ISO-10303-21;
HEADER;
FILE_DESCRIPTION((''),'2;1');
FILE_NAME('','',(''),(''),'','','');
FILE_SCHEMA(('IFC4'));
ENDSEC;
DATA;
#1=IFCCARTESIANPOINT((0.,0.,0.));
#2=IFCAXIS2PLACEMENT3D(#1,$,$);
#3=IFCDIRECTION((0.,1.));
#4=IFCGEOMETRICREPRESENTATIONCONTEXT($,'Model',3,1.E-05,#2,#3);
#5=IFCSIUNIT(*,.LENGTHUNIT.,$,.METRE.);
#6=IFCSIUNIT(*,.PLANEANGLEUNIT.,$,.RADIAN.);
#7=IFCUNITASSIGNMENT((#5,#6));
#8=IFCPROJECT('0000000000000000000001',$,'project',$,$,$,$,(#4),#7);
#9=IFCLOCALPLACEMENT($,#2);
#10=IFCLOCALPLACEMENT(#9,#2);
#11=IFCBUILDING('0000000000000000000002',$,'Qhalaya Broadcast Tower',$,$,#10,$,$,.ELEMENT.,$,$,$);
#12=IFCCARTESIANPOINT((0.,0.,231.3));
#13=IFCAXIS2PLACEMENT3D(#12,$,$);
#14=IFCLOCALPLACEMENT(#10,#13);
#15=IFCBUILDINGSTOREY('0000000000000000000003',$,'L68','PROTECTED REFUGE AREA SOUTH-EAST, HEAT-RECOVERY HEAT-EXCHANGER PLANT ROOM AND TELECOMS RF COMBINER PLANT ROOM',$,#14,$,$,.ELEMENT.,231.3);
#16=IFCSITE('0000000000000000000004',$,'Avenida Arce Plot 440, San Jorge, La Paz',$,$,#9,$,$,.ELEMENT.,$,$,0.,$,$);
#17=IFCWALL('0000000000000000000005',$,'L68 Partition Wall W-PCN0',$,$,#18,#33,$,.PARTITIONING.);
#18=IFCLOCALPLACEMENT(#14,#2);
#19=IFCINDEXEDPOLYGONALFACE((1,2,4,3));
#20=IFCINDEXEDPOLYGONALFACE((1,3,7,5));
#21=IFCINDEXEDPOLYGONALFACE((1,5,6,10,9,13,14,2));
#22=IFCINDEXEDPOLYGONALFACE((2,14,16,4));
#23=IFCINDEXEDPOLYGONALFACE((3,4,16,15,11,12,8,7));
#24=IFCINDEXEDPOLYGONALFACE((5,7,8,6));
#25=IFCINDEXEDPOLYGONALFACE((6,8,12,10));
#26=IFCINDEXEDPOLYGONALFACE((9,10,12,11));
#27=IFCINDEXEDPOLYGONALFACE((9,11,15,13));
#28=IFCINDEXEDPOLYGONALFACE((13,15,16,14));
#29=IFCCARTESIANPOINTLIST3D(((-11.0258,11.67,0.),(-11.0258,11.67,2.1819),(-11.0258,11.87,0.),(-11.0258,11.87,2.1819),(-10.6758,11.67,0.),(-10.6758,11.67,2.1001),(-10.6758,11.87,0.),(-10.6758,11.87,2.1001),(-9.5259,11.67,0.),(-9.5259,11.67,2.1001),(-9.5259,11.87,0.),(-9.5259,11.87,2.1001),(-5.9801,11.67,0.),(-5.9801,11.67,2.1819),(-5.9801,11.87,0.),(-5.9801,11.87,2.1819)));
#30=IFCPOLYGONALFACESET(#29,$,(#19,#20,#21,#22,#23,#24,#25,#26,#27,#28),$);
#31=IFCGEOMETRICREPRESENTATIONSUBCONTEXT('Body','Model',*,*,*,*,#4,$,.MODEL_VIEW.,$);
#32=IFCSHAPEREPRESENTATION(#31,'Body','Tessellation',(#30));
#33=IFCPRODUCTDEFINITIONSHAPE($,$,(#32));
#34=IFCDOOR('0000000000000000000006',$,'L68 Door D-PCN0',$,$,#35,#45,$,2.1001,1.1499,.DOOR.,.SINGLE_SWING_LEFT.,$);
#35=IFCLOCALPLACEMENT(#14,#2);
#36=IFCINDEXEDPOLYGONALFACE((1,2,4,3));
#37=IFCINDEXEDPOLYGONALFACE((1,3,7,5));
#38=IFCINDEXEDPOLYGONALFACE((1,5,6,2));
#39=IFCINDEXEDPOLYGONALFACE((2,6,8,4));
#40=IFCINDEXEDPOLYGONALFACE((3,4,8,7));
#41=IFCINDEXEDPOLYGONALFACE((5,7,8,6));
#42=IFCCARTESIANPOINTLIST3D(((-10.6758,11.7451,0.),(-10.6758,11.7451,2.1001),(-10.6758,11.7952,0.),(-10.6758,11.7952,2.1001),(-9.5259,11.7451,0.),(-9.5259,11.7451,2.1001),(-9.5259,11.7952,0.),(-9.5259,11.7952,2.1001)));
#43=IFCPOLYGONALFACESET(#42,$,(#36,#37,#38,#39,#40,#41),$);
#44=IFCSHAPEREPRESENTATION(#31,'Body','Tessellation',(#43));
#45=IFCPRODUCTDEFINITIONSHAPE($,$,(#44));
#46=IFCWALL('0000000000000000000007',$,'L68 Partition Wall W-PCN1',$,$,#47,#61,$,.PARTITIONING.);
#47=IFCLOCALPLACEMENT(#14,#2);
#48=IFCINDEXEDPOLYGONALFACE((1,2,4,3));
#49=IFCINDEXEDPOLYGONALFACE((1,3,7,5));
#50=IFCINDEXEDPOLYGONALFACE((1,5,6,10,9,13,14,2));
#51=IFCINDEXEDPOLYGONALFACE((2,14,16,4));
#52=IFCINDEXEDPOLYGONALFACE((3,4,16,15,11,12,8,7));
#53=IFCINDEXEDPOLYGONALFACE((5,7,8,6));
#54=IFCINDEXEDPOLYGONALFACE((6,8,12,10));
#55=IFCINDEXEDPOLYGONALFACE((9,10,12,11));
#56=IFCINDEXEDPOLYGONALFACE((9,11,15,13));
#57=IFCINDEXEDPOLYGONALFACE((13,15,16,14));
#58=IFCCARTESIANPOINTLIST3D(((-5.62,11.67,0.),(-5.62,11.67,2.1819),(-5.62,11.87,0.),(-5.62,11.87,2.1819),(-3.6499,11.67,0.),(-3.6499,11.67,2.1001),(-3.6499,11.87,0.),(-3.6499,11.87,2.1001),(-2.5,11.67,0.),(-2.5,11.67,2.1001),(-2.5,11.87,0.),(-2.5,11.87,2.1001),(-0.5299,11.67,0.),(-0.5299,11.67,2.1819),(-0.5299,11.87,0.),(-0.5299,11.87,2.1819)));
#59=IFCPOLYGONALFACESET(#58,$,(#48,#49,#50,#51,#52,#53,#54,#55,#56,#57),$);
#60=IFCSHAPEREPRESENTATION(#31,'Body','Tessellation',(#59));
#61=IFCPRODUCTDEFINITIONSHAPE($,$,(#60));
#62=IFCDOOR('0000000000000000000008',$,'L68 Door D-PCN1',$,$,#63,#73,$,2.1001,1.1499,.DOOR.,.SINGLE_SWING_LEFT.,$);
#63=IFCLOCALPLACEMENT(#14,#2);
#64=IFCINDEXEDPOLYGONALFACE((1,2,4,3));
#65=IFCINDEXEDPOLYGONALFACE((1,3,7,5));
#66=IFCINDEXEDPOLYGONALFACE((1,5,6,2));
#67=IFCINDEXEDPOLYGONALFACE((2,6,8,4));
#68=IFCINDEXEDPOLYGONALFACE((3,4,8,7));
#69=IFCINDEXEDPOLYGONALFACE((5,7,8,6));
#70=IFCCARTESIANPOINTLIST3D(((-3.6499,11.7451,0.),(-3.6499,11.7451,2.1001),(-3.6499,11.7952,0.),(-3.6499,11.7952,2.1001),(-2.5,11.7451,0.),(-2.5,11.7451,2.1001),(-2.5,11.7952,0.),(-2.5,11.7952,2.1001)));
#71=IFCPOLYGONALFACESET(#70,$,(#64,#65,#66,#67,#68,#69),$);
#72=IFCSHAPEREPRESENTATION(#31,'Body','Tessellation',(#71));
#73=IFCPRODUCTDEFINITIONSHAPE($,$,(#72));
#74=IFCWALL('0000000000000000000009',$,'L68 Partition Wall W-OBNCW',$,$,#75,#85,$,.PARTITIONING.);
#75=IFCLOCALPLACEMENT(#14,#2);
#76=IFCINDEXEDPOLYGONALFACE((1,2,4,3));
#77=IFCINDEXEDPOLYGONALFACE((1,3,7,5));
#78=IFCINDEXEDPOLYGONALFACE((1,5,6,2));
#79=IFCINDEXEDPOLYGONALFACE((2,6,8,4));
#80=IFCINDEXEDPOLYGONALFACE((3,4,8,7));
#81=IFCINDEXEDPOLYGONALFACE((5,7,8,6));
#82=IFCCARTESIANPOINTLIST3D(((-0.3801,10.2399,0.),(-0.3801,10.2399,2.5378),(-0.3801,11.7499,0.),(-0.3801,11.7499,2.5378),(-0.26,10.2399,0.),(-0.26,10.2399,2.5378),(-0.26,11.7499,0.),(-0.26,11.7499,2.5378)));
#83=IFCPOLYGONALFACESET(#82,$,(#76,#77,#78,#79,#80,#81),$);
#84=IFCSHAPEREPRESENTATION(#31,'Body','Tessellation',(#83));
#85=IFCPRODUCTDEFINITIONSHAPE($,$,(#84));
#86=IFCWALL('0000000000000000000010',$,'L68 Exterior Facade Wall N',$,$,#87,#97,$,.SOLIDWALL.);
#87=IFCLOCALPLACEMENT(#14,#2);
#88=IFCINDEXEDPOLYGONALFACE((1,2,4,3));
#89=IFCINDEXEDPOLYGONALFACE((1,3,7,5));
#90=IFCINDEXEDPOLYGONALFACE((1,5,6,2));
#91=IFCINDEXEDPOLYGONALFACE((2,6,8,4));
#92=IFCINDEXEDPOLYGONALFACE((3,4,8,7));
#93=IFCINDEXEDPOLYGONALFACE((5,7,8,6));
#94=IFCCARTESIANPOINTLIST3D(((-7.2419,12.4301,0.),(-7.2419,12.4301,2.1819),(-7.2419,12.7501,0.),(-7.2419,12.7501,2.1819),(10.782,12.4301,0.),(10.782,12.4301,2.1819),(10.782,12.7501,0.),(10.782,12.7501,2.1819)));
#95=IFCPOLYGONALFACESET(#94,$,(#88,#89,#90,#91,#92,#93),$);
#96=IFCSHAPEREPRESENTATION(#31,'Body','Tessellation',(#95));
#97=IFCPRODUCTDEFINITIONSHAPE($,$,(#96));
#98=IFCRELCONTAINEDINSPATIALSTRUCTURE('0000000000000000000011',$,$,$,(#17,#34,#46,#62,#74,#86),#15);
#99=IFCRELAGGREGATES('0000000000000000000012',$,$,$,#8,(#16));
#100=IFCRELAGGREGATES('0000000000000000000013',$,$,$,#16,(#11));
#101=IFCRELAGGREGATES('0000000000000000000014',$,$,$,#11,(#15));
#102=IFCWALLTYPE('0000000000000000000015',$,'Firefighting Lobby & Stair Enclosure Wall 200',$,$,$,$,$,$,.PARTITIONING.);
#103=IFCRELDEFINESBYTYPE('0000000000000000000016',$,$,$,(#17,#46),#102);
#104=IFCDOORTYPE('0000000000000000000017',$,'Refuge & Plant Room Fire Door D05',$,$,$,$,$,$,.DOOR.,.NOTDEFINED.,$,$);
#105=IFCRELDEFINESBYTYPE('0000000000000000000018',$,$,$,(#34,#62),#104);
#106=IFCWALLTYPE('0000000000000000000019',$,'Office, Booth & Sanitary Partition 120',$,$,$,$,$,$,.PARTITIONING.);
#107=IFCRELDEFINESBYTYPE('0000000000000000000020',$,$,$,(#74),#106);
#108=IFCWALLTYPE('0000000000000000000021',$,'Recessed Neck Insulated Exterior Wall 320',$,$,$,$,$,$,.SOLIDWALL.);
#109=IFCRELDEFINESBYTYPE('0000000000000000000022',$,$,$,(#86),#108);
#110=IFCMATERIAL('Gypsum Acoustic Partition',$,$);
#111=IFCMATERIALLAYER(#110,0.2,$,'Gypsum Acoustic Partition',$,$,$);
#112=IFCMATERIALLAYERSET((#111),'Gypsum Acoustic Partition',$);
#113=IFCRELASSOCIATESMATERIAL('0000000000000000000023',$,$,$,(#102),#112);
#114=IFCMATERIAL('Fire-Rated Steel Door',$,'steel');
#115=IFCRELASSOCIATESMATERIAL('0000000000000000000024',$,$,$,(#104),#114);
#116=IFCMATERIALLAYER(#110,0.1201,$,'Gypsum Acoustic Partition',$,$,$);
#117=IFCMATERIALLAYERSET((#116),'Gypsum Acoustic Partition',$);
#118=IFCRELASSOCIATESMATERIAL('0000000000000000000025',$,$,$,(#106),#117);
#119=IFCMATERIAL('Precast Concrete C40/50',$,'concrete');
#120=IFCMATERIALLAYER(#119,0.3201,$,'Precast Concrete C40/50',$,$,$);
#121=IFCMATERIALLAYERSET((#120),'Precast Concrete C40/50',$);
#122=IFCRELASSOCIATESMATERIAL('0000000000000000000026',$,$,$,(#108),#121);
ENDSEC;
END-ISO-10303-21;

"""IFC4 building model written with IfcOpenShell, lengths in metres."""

from ifc_helpers import new_model, si_unit, direction, frame, frame_2d, origin, place, context, subcontext, project, spatial, rectangle, extrude, material, layer, layer_set, type_object, element, fill, save


model = new_model("IFC4")

# Units and contexts
model_context = context("Model", 3, precision=1e-05, world=origin(), true_north=direction((0.0, 1.0)))
body_context = subcontext(model_context, "Body", "Model", "MODEL_VIEW")
ifc_project = project(units=[si_unit("LENGTHUNIT", "METRE"), si_unit("PLANEANGLEUNIT", "RADIAN")], contexts=[model_context])

# Site, building, storey
site_placement = place(None, origin())
site = spatial("IfcSite", under=ifc_project, at=site_placement, Name="Avenida Arce Plot 440, San Jorge, La Paz", CompositionType="ELEMENT", RefElevation=0.0)
building_placement = place(site_placement, origin())
building = spatial("IfcBuilding", under=site, at=building_placement, Name="Qhalaya Broadcast Tower", CompositionType="ELEMENT")
storey_placement = place(building_placement, frame((0.0, 0.0, 231.3)))
storey = spatial("IfcBuildingStorey", under=building, at=storey_placement, Name="L68", Description="PROTECTED REFUGE AREA SOUTH-EAST, HEAT-RECOVERY HEAT-EXCHANGER PLANT ROOM AND TELECOMS RF COMBINER PLANT ROOM", CompositionType="ELEMENT", Elevation=231.3)

# Walls, openings, doors
ifc_material_1 = material(Name="Gypsum Acoustic Partition")
ifc_layer_1 = layer(ifc_material_1, 0.2, Name="Gypsum Acoustic Partition")
ifc_layer_set_1 = layer_set([ifc_layer_1], Name="Gypsum Acoustic Partition")
wall_type_1 = type_object("IfcWallType", Name="Firefighting Lobby & Stair Enclosure Wall 200", PredefinedType="PARTITIONING", material=ifc_layer_set_1)
wall_1_placement = place(storey_placement, frame((-5.98, 11.77, 0.0), z_axis=(0.0, 0.0, 1.0), x_axis=(-1.0, 0.0, 0.0)))
wall_1 = element("IfcWall", 1, at=wall_1_placement, inside=storey, type_object=wall_type_1, Name="L68 Partition Wall W-PCN0", PredefinedType="PARTITIONING", context=body_context, shape_type="SweptSolid", body=[
    extrude(rectangle(XDim=5.0457, YDim=0.2, at=frame_2d((2.5229, 0.0))), origin(), (0.0, 0.0, 1.0), 2.1819),
])
opening_1_placement = place(wall_1_placement, frame((3.5459, 0.0, 0.0)))
opening_1 = element("IfcOpeningElement", 2, at=opening_1_placement, cuts=wall_1, PredefinedType="OPENING", context=body_context, shape_type="SweptSolid", body=[
    extrude(rectangle(XDim=1.1499, YDim=2.1001, at=frame_2d((0.575, 1.05))), frame((0.0, 0.1121, 0.0), z_axis=(0.0, -1.0, 0.0), x_axis=(1.0, 0.0, 0.0)), (0.0, 0.0, 1.0), 0.2239),
])
ifc_material_2 = material(Name="Fire-Rated Steel Door", Category="steel")
door_type = type_object("IfcDoorType", Name="Refuge & Plant Room Fire Door D05", OperationType="NOTDEFINED", PredefinedType="DOOR", material=ifc_material_2)
door_1_placement = place(opening_1_placement, origin())
door_1 = element("IfcDoor", 3, at=door_1_placement, inside=storey, type_object=door_type, Name="L68 Door D-PCN0", OperationType="SINGLE_SWING_LEFT", OverallHeight=2.1001, OverallWidth=1.1499, PredefinedType="DOOR", context=body_context, shape_type="SweptSolid", body=[
    extrude(rectangle(XDim=1.1499, YDim=2.1001, at=frame_2d((0.575, 1.05))), frame((0.0, 0.0249, 0.0), z_axis=(0.0, -1.0, 0.0), x_axis=(1.0, 0.0, 0.0)), (0.0, 0.0, 1.0), 0.05),
])
fill(opening_1, door_1)
wall_2_placement = place(storey_placement, frame((-0.53, 11.77, 0.0), z_axis=(0.0, 0.0, 1.0), x_axis=(-1.0, 0.0, 0.0)))
wall_2 = element("IfcWall", 4, at=wall_2_placement, inside=storey, type_object=wall_type_1, Name="L68 Partition Wall W-PCN1", PredefinedType="PARTITIONING", context=body_context, shape_type="SweptSolid", body=[
    extrude(rectangle(XDim=5.0901, YDim=0.2, at=frame_2d((2.5449, 0.0))), origin(), (0.0, 0.0, 1.0), 2.1819),
])
opening_2_placement = place(wall_2_placement, frame((1.97, 0.0, 0.0)))
opening_2 = element("IfcOpeningElement", 5, at=opening_2_placement, cuts=wall_2, PredefinedType="OPENING", context=body_context, shape_type="SweptSolid", body=[
    extrude(rectangle(XDim=1.1499, YDim=2.1001, at=frame_2d((0.575, 1.05))), frame((0.0, 0.1121, 0.0), z_axis=(0.0, -1.0, 0.0), x_axis=(1.0, 0.0, 0.0)), (0.0, 0.0, 1.0), 0.2239),
])
door_2_placement = place(opening_2_placement, origin())
door_2 = element("IfcDoor", 6, at=door_2_placement, inside=storey, type_object=door_type, Name="L68 Door D-PCN1", OperationType="SINGLE_SWING_LEFT", OverallHeight=2.1001, OverallWidth=1.1499, PredefinedType="DOOR", context=body_context, shape_type="SweptSolid", body=[
    extrude(rectangle(XDim=1.1499, YDim=2.1001, at=frame_2d((0.575, 1.05))), frame((0.0, 0.0249, 0.0), z_axis=(0.0, -1.0, 0.0), x_axis=(1.0, 0.0, 0.0)), (0.0, 0.0, 1.0), 0.05),
])
fill(opening_2, door_2)

# Walls
ifc_layer_2 = layer(ifc_material_1, 0.1201, Name="Gypsum Acoustic Partition")
ifc_layer_set_2 = layer_set([ifc_layer_2], Name="Gypsum Acoustic Partition")
wall_type_2 = type_object("IfcWallType", Name="Office, Booth & Sanitary Partition 120", PredefinedType="PARTITIONING", material=ifc_layer_set_2)
wall_3_placement = place(storey_placement, frame((-0.3201, 10.24, 0.0), z_axis=(0.0, 0.0, 1.0), x_axis=(0.0, 1.0, 0.0)))
element("IfcWall", 7, at=wall_3_placement, inside=storey, type_object=wall_type_2, Name="L68 Partition Wall W-OBNCW", PredefinedType="PARTITIONING", context=body_context, shape_type="SweptSolid", body=[
    extrude(rectangle(XDim=1.51, YDim=0.1201, at=frame_2d((0.7549, 0.0))), origin(), (0.0, 0.0, 1.0), 2.5378),
])
ifc_material_3 = material(Name="Precast Concrete C40/50", Category="concrete")
ifc_layer_3 = layer(ifc_material_3, 0.3201, Name="Precast Concrete C40/50")
ifc_layer_set_3 = layer_set([ifc_layer_3], Name="Precast Concrete C40/50")
wall_type_3 = type_object("IfcWallType", Name="Recessed Neck Insulated Exterior Wall 320", PredefinedType="SOLIDWALL", material=ifc_layer_set_3)
wall_4_placement = place(storey_placement, frame((-7.2419, 12.5901, 0.0), z_axis=(0.0, 0.0, 1.0), x_axis=(1.0, 0.0, 0.0)))
element("IfcWall", 8, at=wall_4_placement, inside=storey, type_object=wall_type_3, Name="L68 Exterior Facade Wall N", PredefinedType="SOLIDWALL", context=body_context, shape_type="SweptSolid", body=[
    extrude(rectangle(XDim=18.0239, YDim=0.3201, at=frame_2d((9.012, 0.0))), origin(), (0.0, 0.0, 1.0), 2.1819),
])

save(model, "model.ifc")
